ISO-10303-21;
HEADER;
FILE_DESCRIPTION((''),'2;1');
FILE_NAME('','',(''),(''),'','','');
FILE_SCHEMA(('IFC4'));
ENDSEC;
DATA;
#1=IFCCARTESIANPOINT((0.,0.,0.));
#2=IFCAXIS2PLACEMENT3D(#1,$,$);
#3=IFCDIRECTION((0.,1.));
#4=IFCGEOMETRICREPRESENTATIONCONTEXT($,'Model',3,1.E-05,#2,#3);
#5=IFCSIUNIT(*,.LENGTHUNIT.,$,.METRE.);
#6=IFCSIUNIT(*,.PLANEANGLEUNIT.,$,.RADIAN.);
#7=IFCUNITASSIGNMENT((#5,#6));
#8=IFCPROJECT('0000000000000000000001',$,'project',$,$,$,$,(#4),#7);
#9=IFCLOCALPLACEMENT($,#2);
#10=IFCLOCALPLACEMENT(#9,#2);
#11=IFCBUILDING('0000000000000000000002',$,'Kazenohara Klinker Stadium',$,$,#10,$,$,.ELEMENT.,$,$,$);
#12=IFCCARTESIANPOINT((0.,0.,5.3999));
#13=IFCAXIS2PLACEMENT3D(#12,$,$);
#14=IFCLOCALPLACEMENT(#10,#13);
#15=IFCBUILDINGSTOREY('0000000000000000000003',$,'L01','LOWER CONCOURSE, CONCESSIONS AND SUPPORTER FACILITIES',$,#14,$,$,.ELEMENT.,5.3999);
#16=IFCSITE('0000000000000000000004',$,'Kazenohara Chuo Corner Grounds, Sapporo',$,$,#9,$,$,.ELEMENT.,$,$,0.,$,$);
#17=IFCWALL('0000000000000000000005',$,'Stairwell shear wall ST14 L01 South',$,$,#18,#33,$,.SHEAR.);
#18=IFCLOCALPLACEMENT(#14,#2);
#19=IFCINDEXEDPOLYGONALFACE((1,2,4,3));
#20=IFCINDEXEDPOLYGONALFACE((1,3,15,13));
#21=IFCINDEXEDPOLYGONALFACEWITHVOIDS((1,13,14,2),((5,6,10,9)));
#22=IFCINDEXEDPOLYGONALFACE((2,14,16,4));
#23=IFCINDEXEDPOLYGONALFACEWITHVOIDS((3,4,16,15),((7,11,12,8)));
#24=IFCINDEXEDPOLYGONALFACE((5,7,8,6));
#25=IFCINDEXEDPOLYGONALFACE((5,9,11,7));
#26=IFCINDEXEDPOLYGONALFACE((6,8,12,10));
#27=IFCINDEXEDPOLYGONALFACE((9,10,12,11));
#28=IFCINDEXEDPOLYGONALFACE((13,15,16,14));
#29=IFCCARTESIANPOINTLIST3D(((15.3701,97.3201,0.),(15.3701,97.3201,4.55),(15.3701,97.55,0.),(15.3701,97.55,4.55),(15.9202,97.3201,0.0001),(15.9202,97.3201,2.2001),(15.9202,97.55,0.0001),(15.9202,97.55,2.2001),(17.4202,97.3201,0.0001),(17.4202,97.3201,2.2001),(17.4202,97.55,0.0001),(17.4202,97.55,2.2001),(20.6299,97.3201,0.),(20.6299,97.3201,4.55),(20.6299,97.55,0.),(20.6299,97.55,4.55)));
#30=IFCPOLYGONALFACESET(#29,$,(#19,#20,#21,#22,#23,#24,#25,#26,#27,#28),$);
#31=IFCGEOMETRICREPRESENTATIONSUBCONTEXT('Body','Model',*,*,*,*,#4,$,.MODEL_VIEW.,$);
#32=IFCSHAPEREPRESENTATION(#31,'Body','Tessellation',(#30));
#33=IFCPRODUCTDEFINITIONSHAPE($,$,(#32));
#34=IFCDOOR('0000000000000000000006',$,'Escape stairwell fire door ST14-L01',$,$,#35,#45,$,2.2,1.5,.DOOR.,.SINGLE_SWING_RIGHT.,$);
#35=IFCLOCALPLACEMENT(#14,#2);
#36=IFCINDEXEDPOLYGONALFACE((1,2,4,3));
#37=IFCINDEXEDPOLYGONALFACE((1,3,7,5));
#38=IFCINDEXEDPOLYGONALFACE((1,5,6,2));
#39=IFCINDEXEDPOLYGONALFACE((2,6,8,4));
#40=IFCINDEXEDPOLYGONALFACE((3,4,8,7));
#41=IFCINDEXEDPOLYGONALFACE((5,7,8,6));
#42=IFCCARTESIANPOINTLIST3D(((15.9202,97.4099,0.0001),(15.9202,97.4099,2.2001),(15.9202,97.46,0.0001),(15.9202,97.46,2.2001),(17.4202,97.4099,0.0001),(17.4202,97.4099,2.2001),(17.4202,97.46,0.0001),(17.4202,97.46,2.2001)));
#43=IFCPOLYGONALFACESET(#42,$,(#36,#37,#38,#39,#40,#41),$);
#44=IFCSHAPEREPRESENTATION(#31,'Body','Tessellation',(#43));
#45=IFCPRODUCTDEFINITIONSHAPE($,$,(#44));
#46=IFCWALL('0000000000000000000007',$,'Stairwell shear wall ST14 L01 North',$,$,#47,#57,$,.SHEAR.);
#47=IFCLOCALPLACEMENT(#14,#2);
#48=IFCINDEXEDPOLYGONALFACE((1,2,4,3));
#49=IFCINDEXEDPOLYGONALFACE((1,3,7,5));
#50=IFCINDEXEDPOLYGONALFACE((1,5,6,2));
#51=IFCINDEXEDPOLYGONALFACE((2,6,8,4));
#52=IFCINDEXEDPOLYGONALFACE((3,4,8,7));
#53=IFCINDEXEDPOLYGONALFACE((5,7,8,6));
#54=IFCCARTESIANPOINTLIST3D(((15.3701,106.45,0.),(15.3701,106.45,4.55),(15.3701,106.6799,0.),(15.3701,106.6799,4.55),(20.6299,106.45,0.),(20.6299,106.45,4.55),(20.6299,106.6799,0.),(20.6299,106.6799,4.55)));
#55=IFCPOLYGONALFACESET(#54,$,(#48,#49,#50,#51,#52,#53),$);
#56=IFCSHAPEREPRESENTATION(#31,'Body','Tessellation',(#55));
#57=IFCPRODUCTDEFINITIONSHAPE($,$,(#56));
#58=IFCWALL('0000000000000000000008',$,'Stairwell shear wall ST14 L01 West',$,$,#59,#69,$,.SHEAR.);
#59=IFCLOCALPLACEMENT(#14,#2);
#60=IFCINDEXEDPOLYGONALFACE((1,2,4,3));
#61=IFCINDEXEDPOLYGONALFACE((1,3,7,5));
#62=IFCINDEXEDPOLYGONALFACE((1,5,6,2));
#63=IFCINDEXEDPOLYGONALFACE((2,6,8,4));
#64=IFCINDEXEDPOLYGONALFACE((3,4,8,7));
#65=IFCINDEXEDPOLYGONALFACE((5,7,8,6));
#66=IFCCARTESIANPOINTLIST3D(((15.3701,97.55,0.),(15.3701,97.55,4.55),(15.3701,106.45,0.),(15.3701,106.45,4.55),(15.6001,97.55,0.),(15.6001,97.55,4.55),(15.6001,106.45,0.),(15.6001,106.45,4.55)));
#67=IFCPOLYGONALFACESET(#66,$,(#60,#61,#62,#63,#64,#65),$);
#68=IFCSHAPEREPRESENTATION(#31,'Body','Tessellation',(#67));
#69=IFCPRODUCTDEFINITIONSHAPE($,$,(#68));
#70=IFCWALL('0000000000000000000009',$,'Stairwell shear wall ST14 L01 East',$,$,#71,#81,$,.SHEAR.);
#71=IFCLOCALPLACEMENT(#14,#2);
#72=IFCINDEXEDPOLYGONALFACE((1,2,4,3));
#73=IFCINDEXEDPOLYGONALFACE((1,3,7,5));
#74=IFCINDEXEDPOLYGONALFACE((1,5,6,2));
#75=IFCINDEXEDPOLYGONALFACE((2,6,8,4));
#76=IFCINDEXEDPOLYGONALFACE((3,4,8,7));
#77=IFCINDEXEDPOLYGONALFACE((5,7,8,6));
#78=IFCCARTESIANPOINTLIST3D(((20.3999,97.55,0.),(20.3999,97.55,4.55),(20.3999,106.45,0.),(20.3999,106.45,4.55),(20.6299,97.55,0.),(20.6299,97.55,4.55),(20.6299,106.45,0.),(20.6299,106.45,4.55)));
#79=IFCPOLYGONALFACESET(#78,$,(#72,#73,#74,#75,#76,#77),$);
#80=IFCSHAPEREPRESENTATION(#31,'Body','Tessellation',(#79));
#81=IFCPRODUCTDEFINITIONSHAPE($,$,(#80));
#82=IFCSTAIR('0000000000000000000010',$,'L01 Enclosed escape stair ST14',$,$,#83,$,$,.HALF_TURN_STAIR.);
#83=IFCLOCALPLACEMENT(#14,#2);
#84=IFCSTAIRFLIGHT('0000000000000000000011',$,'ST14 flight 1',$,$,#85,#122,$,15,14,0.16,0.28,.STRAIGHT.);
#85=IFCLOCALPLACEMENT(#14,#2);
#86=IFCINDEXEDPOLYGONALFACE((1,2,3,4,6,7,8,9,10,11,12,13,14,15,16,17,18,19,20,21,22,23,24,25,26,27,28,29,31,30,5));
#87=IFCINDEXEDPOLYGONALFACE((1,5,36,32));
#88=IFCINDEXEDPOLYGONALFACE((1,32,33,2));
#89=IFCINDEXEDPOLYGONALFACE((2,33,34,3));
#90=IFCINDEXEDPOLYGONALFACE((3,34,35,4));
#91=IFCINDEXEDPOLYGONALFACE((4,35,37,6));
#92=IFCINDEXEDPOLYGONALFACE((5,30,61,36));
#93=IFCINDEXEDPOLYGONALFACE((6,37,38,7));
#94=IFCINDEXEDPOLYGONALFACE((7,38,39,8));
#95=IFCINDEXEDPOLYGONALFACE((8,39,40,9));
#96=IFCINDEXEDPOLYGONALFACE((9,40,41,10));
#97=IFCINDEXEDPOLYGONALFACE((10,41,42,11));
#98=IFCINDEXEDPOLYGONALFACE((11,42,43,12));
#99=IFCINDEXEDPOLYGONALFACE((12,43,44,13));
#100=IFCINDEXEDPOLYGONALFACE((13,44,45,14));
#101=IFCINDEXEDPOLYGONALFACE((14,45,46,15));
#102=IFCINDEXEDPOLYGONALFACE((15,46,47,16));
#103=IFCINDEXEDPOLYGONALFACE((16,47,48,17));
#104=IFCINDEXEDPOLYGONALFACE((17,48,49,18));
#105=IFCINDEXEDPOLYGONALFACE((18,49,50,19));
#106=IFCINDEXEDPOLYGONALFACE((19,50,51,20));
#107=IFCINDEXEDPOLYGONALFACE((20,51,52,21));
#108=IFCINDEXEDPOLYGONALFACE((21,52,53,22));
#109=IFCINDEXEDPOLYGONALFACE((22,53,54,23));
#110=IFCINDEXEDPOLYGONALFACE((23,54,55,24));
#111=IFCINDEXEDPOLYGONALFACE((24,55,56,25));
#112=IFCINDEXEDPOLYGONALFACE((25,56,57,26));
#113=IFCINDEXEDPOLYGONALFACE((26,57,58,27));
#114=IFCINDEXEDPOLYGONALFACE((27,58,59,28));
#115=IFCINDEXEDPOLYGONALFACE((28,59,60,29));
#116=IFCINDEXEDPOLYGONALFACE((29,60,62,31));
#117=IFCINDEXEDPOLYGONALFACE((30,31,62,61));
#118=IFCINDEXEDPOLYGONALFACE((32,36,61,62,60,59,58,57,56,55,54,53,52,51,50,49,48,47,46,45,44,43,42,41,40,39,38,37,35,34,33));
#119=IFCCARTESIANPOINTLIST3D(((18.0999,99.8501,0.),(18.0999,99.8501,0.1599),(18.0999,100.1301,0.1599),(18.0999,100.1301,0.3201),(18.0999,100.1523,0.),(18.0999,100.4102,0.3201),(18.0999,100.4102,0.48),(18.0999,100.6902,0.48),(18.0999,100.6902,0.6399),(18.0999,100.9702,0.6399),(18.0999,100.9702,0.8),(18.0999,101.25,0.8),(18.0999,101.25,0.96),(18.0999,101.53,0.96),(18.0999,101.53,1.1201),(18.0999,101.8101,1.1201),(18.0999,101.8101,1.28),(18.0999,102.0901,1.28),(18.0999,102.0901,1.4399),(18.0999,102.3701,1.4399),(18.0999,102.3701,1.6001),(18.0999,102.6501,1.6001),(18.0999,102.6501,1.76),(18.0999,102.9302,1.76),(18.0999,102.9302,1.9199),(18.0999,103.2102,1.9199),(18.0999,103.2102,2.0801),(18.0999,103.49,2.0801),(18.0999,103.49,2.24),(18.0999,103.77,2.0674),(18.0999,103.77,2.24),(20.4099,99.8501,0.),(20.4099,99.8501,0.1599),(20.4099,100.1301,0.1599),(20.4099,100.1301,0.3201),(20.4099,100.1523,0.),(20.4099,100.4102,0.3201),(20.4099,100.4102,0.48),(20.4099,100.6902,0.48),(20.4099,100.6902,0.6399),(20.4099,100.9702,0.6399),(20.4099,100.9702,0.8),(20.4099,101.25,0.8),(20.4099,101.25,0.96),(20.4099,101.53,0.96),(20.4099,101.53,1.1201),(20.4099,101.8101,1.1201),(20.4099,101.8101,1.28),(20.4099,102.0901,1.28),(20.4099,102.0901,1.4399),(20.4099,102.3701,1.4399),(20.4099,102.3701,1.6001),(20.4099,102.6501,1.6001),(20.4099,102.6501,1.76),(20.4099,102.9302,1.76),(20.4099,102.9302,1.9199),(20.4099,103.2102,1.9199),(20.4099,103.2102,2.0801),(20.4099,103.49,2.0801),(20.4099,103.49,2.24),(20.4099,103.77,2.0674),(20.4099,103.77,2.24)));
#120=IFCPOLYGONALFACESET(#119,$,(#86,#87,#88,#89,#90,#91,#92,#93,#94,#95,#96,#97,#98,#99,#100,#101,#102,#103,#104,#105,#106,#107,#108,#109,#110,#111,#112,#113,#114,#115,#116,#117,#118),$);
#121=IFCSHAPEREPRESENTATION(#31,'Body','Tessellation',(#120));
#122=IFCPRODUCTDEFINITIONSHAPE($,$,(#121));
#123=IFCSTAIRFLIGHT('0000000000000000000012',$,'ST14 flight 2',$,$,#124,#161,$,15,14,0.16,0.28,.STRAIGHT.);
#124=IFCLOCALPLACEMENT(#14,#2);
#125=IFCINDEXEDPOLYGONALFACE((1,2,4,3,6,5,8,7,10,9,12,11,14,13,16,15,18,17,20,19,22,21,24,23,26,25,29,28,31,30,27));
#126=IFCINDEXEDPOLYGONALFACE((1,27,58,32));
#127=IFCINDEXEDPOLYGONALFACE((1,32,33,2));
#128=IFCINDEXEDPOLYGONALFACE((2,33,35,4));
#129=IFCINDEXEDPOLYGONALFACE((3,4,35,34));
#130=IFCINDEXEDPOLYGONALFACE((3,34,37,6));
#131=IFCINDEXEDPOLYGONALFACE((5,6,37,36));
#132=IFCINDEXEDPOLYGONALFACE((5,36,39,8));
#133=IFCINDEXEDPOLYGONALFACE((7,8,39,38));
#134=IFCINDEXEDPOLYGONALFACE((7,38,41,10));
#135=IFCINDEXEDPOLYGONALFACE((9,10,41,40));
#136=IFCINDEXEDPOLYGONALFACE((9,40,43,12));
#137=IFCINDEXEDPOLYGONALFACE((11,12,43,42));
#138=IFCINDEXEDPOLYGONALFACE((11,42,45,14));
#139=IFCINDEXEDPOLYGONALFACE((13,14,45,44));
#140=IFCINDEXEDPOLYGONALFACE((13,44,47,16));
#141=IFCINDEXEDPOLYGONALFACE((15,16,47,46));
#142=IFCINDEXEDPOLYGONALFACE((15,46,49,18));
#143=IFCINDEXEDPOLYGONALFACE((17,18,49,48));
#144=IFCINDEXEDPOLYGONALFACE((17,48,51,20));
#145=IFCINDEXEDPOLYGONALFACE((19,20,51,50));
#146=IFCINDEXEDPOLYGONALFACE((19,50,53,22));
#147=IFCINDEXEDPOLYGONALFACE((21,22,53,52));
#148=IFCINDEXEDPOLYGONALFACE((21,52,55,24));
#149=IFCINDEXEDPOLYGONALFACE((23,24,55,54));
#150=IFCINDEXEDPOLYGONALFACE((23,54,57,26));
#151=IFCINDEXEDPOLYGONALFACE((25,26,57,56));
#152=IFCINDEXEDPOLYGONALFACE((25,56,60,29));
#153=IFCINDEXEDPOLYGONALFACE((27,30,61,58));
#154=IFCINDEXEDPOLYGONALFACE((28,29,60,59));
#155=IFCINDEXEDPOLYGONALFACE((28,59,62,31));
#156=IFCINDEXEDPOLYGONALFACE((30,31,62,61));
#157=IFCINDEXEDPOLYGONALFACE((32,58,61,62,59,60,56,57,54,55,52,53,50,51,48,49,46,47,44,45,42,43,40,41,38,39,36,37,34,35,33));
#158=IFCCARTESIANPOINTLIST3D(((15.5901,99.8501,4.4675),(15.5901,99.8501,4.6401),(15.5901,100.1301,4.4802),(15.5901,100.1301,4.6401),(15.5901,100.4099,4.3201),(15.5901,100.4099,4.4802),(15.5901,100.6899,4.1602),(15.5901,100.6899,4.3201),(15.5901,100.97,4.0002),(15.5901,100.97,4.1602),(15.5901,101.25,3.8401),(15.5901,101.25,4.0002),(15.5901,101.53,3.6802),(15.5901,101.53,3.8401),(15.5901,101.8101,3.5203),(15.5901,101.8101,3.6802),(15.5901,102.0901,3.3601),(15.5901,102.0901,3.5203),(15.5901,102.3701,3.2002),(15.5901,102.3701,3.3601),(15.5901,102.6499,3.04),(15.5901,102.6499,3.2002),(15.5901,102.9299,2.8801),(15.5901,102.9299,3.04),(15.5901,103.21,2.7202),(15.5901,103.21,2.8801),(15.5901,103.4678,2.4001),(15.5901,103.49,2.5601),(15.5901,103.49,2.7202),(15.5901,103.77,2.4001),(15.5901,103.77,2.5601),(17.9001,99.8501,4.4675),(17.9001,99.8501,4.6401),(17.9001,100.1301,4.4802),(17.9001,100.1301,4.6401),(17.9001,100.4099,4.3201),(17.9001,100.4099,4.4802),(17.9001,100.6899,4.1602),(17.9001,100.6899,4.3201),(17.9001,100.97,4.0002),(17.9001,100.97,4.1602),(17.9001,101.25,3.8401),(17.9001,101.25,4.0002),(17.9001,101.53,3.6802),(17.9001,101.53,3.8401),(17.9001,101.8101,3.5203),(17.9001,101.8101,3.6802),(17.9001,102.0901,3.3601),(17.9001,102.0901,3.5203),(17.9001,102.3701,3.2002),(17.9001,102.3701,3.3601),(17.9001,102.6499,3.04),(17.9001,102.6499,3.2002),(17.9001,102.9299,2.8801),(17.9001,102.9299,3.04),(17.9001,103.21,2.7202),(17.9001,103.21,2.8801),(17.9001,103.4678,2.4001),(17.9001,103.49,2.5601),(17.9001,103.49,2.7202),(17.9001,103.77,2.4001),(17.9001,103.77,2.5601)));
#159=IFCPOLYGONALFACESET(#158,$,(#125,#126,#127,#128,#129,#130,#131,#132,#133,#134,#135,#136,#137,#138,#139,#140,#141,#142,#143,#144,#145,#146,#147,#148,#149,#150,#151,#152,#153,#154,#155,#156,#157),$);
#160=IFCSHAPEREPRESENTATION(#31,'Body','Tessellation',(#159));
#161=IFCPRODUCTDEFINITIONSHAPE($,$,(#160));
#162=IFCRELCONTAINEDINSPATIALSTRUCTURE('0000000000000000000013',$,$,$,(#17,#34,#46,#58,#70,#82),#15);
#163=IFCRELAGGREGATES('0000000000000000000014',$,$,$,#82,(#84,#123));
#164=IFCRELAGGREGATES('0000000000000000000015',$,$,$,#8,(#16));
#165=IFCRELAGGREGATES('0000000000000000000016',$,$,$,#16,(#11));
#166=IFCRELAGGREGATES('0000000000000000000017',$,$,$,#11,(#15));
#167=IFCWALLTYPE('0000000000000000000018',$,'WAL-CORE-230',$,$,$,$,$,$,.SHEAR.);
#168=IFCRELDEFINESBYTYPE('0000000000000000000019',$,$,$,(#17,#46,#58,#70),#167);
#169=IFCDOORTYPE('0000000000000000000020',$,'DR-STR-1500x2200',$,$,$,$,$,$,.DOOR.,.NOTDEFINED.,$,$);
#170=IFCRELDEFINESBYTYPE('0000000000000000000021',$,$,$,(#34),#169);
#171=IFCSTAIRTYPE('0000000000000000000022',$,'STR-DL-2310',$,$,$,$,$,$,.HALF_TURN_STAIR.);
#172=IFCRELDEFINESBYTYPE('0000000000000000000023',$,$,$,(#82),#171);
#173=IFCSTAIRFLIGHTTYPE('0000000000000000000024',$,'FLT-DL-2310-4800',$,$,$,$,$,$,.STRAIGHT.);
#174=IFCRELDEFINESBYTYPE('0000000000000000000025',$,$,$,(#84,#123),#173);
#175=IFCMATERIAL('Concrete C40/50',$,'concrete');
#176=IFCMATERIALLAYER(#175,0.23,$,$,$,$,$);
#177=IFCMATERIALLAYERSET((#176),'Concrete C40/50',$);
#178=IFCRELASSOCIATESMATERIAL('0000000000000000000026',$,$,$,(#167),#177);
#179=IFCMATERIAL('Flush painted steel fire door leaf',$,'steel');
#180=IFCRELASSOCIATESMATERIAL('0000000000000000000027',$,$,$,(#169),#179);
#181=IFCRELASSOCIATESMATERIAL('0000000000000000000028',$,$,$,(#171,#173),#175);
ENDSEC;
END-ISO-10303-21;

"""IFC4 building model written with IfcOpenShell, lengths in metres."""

from ifc_helpers import new_model, si_unit, direction, frame, frame_2d, origin, place, context, subcontext, project, spatial, polyline, rectangle, outline, extrude, material, layer, layer_set, type_object, element, fill, aggregate, save


model = new_model("IFC4")

# Units and contexts
model_context = context("Model", 3, precision=1e-05, world=origin(), true_north=direction((0.0, 1.0)))
body_context = subcontext(model_context, "Body", "Model", "MODEL_VIEW")
ifc_project = project(units=[si_unit("LENGTHUNIT", "METRE"), si_unit("PLANEANGLEUNIT", "RADIAN")], contexts=[model_context])

# Site, building, storey
site_placement = place(None, origin())
site = spatial("IfcSite", under=ifc_project, at=site_placement, Name="Kazenohara Chuo Corner Grounds, Sapporo", CompositionType="ELEMENT", RefElevation=0.0)
building_placement = place(site_placement, origin())
building = spatial("IfcBuilding", under=site, at=building_placement, Name="Kazenohara Klinker Stadium", CompositionType="ELEMENT")
storey_placement = place(building_placement, frame((0.0, 0.0, 5.3999)))
storey = spatial("IfcBuildingStorey", under=building, at=storey_placement, Name="L01", Description="LOWER CONCOURSE, CONCESSIONS AND SUPPORTER FACILITIES", CompositionType="ELEMENT", Elevation=5.3999)

# Shared definitions
ifc_material_1 = material(Name="Concrete C40/50", Category="concrete")

# Wall, opening, door
ifc_layer_1 = layer(ifc_material_1, 0.23)
ifc_layer_set_1 = layer_set([ifc_layer_1], Name="Concrete C40/50")
wall_type = type_object("IfcWallType", Name="WAL-CORE-230", PredefinedType="SHEAR", material=ifc_layer_set_1)
wall_1_placement = place(storey_placement, frame((15.3701, 97.4351, 0.0), z_axis=(0.0, 0.0, 1.0), x_axis=(1.0, 0.0, 0.0)))
wall_1 = element("IfcWall", 1, at=wall_1_placement, inside=storey, type_object=wall_type, Name="Stairwell shear wall ST14 L01 South", PredefinedType="SHEAR", context=body_context, shape_type="SweptSolid", body=[
    extrude(rectangle(XDim=5.2598, YDim=0.23, at=frame_2d((2.6299, 0.0))), origin(), (0.0, 0.0, 1.0), 4.55),
])
opening_placement = place(wall_1_placement, frame((0.55, 0.0, 0.0)))
opening = element("IfcOpeningElement", 2, at=opening_placement, cuts=wall_1, PredefinedType="OPENING", context=body_context, shape_type="SweptSolid", body=[
    extrude(rectangle(XDim=1.5, YDim=2.2, at=frame_2d((0.75, 1.1001))), frame((0.0, 0.125, 0.0), z_axis=(0.0, -1.0, 0.0), x_axis=(1.0, 0.0, 0.0)), (0.0, 0.0, 1.0), 0.25),
])
ifc_material_2 = material(Name="Flush painted steel fire door leaf", Category="steel")
door_type = type_object("IfcDoorType", Name="DR-STR-1500x2200", OperationType="NOTDEFINED", PredefinedType="DOOR", material=ifc_material_2)
door_placement = place(opening_placement, origin())
door = element("IfcDoor", 3, at=door_placement, inside=storey, type_object=door_type, Name="Escape stairwell fire door ST14-L01", OperationType="SINGLE_SWING_RIGHT", OverallHeight=2.2, OverallWidth=1.5, PredefinedType="DOOR", context=body_context, shape_type="SweptSolid", body=[
    extrude(rectangle(XDim=1.5, YDim=2.2, at=frame_2d((0.75, 1.1001))), frame((0.0, 0.0249, 0.0), z_axis=(0.0, -1.0, 0.0), x_axis=(1.0, 0.0, 0.0)), (0.0, 0.0, 1.0), 0.05),
])
fill(opening, door)

# Walls
wall_2_placement = place(storey_placement, frame((15.3701, 106.5649, 0.0), z_axis=(0.0, 0.0, 1.0), x_axis=(1.0, 0.0, 0.0)))
element("IfcWall", 4, at=wall_2_placement, inside=storey, type_object=wall_type, Name="Stairwell shear wall ST14 L01 North", PredefinedType="SHEAR", context=body_context, shape_type="SweptSolid", body=[
    extrude(rectangle(XDim=5.2598, YDim=0.23, at=frame_2d((2.6299, 0.0))), origin(), (0.0, 0.0, 1.0), 4.55),
])
for number, where, z_axis, x_axis, name in (
    (5, (15.4851, 97.55, 0.0), (0.0, 0.0, 1.0), (0.0, 1.0, 0.0), "Stairwell shear wall ST14 L01 West"),
    (6, (20.5149, 97.55, 0.0), (0.0, 0.0, 1.0), (0.0, 1.0, 0.0), "Stairwell shear wall ST14 L01 East"),
):
    element("IfcWall", number, at=place(storey_placement, frame(where, z_axis=z_axis, x_axis=x_axis)), inside=storey, type_object=wall_type, Name=name, PredefinedType="SHEAR", context=body_context, shape_type="SweptSolid", body=[
        extrude(rectangle(XDim=8.8999, YDim=0.23, at=frame_2d((4.45, 0.0))), origin(), (0.0, 0.0, 1.0), 4.55),
    ])

# Stair, stair flights
stair_type = type_object("IfcStairType", Name="STR-DL-2310", PredefinedType="HALF_TURN_STAIR", material=ifc_material_1)
stair_placement = place(storey_placement, origin())
stair = element("IfcStair", 7, at=stair_placement, inside=storey, type_object=stair_type, Name="L01 Enclosed escape stair ST14", PredefinedType="HALF_TURN_STAIR")
stair_flight_type = type_object("IfcStairFlightType", Name="FLT-DL-2310-4800", PredefinedType="STRAIGHT", material=ifc_material_1)
stair_flight_1_placement = place(storey_placement, frame((19.2549, 99.8501, 0.0), z_axis=(0.0, 0.0, 1.0), x_axis=(0.0, 1.0, 0.0)))
stair_flight_1 = element("IfcStairFlight", 8, at=stair_flight_1_placement, type_object=stair_flight_type, Name="ST14 flight 1", NumberOfRisers=15, NumberOfTreads=14, PredefinedType="STRAIGHT", RiserHeight=0.16, TreadLength=0.28, context=body_context, shape_type="SweptSolid", body=[
    extrude(outline(polyline([(0.0, 0.0), (0.0, 0.1599), (0.28, 0.1599), (0.28, 0.3201), (0.5601, 0.3201), (0.5601, 0.48), (0.8401, 0.48), (0.8401, 0.6399), (1.1201, 0.6399), (1.1201, 0.8), (1.3999, 0.8), (1.3999, 0.96), (1.6799, 0.96), (1.6799, 1.1201), (1.96, 1.1201), (1.96, 1.28), (2.24, 1.28), (2.24, 1.4399), (2.52, 1.4399), (2.52, 1.6001), (2.8, 1.6001), (2.8, 1.76), (3.0801, 1.76), (3.0801, 1.9199), (3.3601, 1.9199), (3.3601, 2.0801), (3.6399, 2.0801), (3.6399, 2.24), (3.9199, 2.24), (3.9199, 2.3999), (3.9199, 2.0674), (0.3022, 0.0), (0.0, 0.0)])), frame((0.0, 1.155, 0.0), z_axis=(0.0, -1.0, 0.0), x_axis=(1.0, 0.0, 0.0)), (0.0, 0.0, 1.0), 2.3101),
])
stair_flight_2_placement = place(storey_placement, frame((16.7451, 103.77, 2.4001), z_axis=(0.0, 0.0, 1.0), x_axis=(0.0, -1.0, 0.0)))
stair_flight_2 = element("IfcStairFlight", 9, at=stair_flight_2_placement, type_object=stair_flight_type, Name="ST14 flight 2", NumberOfRisers=15, NumberOfTreads=14, PredefinedType="STRAIGHT", RiserHeight=0.16, TreadLength=0.28, context=body_context, shape_type="SweptSolid", body=[
    extrude(outline(polyline([(0.0, 0.0), (0.0, 0.1599), (0.28, 0.1599), (0.28, 0.3201), (0.5601, 0.3201), (0.5601, 0.48), (0.8401, 0.48), (0.8401, 0.6399), (1.1201, 0.6399), (1.1201, 0.8), (1.3999, 0.8), (1.3999, 0.96), (1.6799, 0.96), (1.6799, 1.1201), (1.96, 1.1201), (1.96, 1.28), (2.24, 1.28), (2.24, 1.4399), (2.52, 1.4399), (2.52, 1.6001), (2.8, 1.6001), (2.8, 1.76), (3.0801, 1.76), (3.0801, 1.9199), (3.3601, 1.9199), (3.3601, 2.0801), (3.6399, 2.0801), (3.6399, 2.24), (3.9199, 2.24), (3.9199, 2.3999), (3.9199, 2.0674), (0.3022, 0.0), (0.0, 0.0)])), frame((0.0, 1.155, 0.0), z_axis=(0.0, -1.0, 0.0), x_axis=(1.0, 0.0, 0.0)), (0.0, 0.0, 1.0), 2.3101),
])
aggregate(stair, [stair_flight_1, stair_flight_2])

save(model, "model.ifc")
